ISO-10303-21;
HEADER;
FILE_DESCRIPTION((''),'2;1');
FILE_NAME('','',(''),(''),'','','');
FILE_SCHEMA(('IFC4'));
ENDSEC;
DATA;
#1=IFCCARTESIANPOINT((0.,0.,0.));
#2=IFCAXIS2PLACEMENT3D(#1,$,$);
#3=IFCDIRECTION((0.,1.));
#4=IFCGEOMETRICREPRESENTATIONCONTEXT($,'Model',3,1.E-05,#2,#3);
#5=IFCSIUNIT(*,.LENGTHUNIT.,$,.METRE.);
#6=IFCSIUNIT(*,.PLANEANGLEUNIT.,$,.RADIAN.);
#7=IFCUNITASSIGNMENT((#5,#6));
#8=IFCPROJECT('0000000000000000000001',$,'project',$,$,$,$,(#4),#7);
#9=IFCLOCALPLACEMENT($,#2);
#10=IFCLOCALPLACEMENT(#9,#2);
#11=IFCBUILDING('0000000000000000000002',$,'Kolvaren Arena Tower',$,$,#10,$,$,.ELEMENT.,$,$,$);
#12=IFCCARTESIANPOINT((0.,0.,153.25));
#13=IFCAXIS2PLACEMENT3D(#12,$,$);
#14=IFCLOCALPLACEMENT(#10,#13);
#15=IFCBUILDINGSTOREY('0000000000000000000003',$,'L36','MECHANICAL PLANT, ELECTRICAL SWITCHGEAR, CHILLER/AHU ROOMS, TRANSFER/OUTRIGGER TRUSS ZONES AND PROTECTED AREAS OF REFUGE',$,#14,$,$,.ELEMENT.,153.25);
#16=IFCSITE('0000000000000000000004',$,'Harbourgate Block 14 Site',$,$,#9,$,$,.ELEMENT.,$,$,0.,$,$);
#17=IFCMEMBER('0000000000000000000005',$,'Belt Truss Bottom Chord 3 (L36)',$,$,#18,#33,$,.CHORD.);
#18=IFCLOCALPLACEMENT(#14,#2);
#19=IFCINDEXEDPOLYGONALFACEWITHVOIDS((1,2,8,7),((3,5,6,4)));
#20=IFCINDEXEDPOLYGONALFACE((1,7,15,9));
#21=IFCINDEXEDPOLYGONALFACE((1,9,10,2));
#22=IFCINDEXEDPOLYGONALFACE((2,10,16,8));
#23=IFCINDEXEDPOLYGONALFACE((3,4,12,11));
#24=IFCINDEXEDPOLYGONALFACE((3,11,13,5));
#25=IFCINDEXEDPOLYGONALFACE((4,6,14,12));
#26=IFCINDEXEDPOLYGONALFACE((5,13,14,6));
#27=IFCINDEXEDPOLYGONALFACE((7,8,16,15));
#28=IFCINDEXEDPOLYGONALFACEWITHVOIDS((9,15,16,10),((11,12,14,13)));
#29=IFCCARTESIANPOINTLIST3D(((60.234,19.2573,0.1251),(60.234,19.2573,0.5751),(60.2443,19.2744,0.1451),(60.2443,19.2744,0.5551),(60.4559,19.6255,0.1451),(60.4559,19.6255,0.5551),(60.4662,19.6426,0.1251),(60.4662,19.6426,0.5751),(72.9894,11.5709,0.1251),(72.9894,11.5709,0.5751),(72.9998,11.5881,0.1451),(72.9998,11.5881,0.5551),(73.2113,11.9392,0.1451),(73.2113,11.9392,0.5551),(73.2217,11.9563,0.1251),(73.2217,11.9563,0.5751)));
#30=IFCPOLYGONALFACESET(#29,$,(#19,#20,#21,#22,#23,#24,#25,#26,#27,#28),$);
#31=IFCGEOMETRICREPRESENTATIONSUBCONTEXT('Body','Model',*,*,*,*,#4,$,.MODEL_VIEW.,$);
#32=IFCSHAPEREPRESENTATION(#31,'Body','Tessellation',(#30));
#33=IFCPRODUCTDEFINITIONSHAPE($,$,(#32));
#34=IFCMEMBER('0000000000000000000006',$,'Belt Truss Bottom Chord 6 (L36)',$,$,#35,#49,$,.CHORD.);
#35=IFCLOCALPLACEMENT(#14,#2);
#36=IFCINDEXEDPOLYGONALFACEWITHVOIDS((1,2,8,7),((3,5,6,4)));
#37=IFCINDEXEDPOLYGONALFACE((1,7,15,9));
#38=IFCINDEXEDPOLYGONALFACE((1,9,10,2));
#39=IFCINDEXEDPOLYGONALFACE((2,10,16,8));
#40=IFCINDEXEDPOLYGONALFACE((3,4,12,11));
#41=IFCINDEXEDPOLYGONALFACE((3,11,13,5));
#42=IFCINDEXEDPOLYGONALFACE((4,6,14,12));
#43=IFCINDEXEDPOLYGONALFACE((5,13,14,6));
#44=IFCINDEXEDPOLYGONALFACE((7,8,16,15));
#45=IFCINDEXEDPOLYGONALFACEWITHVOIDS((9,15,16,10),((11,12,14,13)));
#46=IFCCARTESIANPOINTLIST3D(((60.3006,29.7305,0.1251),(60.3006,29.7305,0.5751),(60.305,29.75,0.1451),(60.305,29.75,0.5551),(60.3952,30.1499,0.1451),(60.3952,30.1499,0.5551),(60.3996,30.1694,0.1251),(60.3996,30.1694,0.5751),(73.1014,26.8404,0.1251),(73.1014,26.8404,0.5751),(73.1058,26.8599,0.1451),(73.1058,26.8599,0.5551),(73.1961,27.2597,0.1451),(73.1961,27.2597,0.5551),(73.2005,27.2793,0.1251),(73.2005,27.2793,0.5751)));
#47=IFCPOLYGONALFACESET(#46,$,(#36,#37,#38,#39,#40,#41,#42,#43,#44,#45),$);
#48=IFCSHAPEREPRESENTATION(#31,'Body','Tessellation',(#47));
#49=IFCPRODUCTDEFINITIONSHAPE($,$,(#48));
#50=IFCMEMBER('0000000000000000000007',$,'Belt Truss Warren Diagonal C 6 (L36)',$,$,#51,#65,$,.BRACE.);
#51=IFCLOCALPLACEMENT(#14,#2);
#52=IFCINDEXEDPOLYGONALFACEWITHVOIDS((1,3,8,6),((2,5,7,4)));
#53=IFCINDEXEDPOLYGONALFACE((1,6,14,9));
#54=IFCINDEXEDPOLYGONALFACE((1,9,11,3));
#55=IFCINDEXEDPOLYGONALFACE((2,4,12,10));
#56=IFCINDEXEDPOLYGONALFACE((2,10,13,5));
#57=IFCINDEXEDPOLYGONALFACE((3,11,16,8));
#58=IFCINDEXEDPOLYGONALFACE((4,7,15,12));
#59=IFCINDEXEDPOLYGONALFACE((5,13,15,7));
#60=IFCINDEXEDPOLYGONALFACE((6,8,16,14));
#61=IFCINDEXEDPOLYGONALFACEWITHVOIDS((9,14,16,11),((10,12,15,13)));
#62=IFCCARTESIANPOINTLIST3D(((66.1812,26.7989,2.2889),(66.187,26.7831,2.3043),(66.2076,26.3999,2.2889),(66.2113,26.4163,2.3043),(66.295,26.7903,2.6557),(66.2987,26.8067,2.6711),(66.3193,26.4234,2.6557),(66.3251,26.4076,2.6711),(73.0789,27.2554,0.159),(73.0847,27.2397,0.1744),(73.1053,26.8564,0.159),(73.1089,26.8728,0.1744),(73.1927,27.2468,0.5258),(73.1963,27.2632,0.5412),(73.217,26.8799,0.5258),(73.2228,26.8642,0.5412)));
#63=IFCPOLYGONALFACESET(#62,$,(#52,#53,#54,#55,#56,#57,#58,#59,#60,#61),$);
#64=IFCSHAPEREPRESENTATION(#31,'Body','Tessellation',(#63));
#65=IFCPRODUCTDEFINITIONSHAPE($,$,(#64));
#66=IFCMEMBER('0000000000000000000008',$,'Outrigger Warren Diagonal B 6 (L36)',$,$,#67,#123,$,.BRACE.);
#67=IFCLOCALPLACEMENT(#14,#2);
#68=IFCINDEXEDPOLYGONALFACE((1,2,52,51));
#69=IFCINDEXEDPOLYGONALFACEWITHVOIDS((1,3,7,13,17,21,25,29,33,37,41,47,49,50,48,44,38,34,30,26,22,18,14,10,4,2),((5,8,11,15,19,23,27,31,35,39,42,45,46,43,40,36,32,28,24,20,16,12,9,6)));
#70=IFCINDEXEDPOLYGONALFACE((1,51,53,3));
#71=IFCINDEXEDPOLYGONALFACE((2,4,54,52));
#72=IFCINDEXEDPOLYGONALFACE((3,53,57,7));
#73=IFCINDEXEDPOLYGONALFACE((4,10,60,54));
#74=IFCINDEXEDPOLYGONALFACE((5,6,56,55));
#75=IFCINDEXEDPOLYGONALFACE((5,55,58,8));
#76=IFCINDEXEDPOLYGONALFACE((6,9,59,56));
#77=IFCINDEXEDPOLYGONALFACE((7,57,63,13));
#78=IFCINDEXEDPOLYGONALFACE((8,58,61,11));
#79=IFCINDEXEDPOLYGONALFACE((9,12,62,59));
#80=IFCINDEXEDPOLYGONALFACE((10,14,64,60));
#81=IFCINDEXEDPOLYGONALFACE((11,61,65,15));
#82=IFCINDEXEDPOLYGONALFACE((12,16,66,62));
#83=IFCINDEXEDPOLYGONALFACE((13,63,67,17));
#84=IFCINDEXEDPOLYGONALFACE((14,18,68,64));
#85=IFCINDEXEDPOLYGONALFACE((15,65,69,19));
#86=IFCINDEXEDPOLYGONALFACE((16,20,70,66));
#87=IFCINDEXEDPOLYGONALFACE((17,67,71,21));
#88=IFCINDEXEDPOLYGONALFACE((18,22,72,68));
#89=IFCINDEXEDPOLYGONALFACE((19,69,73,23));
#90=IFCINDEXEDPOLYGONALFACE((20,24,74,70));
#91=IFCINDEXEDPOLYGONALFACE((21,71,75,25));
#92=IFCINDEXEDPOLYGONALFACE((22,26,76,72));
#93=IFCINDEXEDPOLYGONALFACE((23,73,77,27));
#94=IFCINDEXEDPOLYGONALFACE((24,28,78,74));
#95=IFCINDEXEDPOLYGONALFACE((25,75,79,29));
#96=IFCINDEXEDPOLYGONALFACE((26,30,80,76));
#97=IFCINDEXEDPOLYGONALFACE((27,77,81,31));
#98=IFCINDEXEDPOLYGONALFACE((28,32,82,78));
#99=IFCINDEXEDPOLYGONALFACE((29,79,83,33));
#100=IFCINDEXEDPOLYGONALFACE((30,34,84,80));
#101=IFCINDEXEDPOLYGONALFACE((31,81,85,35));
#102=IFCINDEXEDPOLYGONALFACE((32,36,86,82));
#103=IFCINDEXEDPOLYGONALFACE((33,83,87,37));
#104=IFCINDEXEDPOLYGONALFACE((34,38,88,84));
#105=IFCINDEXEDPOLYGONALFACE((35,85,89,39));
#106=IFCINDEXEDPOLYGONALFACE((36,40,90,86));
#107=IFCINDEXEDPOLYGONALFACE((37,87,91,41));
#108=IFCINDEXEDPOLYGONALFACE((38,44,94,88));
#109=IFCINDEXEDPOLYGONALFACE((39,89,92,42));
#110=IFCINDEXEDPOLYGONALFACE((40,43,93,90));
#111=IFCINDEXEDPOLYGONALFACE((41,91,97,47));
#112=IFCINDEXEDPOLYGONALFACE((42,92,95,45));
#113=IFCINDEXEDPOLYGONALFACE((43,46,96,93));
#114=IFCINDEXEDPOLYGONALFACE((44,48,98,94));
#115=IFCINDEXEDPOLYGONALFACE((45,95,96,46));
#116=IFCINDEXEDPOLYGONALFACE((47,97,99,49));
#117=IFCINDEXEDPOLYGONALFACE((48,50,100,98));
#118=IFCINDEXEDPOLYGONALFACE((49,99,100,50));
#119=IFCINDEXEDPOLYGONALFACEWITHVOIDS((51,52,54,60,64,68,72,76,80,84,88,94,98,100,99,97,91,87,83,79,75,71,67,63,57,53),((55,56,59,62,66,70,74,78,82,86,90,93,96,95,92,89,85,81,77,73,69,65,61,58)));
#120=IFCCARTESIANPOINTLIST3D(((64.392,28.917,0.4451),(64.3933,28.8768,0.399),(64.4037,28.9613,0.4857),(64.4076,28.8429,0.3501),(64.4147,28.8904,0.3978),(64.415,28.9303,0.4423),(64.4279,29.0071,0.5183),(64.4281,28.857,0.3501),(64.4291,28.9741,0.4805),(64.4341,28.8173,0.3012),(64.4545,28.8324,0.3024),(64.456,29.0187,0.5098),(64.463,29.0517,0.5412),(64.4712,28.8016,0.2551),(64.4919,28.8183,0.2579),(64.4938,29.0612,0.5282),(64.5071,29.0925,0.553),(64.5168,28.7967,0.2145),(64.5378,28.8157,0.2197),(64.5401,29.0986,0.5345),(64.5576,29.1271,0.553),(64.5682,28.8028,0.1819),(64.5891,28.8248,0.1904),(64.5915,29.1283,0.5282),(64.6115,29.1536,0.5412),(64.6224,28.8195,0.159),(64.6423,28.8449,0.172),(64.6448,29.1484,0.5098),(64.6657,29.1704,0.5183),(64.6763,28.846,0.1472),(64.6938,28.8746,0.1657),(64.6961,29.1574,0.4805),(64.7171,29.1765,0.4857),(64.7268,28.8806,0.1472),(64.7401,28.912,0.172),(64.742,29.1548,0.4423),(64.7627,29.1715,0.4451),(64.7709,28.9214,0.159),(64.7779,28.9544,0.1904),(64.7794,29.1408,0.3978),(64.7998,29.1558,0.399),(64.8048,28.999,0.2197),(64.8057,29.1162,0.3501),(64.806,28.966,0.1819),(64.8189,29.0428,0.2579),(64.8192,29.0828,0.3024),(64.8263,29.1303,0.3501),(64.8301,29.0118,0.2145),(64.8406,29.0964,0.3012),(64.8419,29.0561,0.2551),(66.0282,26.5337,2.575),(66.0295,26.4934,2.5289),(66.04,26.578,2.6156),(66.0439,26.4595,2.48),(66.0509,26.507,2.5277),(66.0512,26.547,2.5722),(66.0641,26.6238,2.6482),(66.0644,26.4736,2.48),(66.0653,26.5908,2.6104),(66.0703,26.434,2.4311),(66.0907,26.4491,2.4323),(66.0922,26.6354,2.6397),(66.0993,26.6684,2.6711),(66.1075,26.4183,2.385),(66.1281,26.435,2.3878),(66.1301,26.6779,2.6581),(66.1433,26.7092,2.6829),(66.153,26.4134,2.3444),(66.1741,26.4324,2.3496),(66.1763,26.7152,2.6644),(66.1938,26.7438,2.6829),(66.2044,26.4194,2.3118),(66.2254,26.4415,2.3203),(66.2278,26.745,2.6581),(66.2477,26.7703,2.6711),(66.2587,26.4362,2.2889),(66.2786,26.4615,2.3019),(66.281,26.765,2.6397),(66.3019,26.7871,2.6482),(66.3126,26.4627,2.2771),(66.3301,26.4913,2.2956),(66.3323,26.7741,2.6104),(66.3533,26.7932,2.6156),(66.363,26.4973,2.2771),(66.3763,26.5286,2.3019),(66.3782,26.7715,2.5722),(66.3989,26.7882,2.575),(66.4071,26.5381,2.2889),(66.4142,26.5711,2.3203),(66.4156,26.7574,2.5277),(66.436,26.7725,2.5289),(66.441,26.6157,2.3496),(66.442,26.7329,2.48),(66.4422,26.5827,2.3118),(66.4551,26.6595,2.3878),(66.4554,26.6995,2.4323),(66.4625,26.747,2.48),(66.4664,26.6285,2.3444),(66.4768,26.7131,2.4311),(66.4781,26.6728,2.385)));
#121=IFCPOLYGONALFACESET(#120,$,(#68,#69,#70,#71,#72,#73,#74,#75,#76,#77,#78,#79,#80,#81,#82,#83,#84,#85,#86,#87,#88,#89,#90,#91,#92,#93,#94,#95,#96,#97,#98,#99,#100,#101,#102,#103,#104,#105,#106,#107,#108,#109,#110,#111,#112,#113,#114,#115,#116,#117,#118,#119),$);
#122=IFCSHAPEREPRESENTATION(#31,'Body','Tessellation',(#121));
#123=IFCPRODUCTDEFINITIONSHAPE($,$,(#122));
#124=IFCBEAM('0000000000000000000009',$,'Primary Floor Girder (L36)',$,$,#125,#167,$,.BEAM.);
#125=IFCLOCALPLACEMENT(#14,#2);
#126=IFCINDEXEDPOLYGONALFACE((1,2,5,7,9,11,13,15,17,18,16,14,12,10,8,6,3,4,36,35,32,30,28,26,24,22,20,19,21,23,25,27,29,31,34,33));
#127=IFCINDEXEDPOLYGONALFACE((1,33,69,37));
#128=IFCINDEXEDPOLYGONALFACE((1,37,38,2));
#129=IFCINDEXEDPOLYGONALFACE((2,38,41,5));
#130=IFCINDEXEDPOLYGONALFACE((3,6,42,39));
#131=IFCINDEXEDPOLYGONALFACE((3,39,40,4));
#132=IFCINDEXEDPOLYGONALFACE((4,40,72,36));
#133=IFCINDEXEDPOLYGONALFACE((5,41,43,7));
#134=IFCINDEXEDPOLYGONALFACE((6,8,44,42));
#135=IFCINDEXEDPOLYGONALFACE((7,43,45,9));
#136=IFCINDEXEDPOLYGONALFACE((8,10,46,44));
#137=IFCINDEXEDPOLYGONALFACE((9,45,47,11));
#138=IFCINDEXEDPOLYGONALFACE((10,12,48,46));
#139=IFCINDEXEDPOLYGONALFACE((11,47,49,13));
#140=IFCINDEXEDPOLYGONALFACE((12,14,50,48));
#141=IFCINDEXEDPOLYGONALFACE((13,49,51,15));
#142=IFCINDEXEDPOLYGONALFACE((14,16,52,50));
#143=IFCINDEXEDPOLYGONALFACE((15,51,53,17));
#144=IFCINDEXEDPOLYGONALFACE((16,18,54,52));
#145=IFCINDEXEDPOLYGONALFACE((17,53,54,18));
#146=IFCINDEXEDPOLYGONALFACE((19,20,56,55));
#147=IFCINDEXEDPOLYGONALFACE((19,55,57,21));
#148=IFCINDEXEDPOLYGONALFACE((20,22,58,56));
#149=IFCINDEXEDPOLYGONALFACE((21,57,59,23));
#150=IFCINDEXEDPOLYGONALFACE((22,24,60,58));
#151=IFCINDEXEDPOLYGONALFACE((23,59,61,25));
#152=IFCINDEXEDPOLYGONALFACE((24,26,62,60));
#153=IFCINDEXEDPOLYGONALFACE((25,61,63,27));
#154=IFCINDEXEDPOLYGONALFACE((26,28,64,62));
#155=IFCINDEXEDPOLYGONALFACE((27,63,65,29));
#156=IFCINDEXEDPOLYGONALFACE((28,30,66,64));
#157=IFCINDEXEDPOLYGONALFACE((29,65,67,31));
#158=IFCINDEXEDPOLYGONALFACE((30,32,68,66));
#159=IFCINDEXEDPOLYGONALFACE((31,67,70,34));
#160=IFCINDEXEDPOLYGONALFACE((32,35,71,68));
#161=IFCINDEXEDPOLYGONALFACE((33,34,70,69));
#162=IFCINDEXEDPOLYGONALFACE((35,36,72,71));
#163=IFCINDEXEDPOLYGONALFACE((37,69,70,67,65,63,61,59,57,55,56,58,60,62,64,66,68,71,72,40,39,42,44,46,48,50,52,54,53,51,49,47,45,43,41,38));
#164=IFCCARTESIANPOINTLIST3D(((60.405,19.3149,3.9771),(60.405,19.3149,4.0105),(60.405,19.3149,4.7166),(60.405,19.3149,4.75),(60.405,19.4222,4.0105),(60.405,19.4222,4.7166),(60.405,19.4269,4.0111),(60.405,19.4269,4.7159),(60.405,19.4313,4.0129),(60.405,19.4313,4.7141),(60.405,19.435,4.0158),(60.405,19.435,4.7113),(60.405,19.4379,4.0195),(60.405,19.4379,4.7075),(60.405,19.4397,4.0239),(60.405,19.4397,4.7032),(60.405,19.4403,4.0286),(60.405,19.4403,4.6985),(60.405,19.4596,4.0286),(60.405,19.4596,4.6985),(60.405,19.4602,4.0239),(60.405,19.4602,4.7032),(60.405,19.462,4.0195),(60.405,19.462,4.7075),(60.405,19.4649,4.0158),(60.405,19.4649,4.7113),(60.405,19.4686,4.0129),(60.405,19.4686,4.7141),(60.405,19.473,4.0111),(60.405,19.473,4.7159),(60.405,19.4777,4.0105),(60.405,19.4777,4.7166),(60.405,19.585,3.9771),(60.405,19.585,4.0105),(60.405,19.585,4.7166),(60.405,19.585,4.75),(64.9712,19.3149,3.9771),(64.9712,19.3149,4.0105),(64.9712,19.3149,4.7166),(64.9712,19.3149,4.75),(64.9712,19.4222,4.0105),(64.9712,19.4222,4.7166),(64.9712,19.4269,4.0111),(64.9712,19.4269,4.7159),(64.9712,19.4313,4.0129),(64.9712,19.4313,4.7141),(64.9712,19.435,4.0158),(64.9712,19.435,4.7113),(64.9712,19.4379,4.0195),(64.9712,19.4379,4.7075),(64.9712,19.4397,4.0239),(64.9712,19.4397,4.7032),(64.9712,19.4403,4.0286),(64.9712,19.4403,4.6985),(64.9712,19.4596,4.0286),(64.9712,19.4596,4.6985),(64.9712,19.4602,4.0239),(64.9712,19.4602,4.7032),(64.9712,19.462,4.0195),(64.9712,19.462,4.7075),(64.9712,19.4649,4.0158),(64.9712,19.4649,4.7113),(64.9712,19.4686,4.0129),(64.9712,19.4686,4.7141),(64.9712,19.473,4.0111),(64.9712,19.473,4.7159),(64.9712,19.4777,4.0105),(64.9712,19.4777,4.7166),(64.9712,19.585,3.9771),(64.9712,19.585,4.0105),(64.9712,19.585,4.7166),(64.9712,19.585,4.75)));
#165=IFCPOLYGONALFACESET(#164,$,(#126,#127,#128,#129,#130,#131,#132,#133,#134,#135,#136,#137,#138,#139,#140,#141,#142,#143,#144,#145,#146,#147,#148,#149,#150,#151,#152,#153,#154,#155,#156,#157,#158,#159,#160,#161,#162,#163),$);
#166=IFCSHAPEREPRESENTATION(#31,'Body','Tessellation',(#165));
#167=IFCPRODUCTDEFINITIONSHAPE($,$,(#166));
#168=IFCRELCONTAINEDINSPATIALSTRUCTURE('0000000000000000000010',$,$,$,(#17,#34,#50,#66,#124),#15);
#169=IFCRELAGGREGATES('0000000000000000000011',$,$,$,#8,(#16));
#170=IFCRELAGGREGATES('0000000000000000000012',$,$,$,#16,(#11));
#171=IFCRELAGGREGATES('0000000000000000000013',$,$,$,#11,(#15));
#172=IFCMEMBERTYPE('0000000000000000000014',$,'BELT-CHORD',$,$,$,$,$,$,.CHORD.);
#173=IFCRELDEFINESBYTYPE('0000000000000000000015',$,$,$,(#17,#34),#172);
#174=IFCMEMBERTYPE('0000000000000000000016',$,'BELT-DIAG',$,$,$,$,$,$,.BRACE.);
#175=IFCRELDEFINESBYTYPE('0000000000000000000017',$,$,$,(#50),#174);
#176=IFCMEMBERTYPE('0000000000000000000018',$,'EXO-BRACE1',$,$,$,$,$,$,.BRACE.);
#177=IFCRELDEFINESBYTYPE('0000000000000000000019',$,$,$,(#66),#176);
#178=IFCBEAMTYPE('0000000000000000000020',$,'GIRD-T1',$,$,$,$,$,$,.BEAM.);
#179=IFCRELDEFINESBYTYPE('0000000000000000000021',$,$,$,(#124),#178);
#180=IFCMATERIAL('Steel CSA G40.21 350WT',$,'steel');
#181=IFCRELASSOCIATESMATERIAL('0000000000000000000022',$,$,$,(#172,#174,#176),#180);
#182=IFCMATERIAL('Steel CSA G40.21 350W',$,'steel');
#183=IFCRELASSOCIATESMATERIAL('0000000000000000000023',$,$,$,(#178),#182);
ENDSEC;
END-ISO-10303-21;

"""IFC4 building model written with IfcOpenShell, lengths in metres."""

from ifc_helpers import new_model, si_unit, direction, frame, origin, origin_2d, place, context, subcontext, project, spatial, hollow_rectangle, hollow_circle, i_section, extrude, material, material_profile, profile_set, type_object, element, save


model = new_model("IFC4")

# Units and contexts
model_context = context("Model", 3, precision=1e-05, world=origin(), true_north=direction((0.0, 1.0)))
body_context = subcontext(model_context, "Body", "Model", "MODEL_VIEW")
ifc_project = project(units=[si_unit("LENGTHUNIT", "METRE"), si_unit("PLANEANGLEUNIT", "RADIAN")], contexts=[model_context])

# Site, building, storey
site_placement = place(None, origin())
site = spatial("IfcSite", under=ifc_project, at=site_placement, Name="Harbourgate Block 14 Site", CompositionType="ELEMENT", RefElevation=0.0)
building_placement = place(site_placement, origin())
building = spatial("IfcBuilding", under=site, at=building_placement, Name="Kolvaren Arena Tower", CompositionType="ELEMENT")
storey_placement = place(building_placement, frame((0.0, 0.0, 153.25)))
storey = spatial("IfcBuildingStorey", under=building, at=storey_placement, Name="L36", Description="MECHANICAL PLANT, ELECTRICAL SWITCHGEAR, CHILLER/AHU ROOMS, TRANSFER/OUTRIGGER TRUSS ZONES AND PROTECTED AREAS OF REFUGE", CompositionType="ELEMENT", Elevation=153.25)

# Shared definitions
ifc_material_1 = material(Name="Steel CSA G40.21 350W", Category="steel")

# Members
ifc_material_2 = material(Name="Steel CSA G40.21 350WT", Category="steel")
ifc_material_profile_1 = material_profile(ifc_material_2, hollow_rectangle(XDim=0.45, YDim=0.45, WallThickness=0.02, at=origin_2d()), Name="HSS 450x450x20")
ifc_profile_set_1 = profile_set([ifc_material_profile_1], Name="Steel CSA G40.21 350WT")
member_type_1 = type_object("IfcMemberType", Name="BELT-CHORD", PredefinedType="CHORD", material=ifc_profile_set_1)
member_1_placement = place(storey_placement, frame((60.3501, 19.45, 0.3501), z_axis=(0.856512, -0.516127, 0.0), x_axis=(0.516127, 0.856512, 0.0)))
element("IfcMember", 1, at=member_1_placement, inside=storey, type_object=member_type_1, Name="Belt Truss Bottom Chord 3 (L36)", PredefinedType="CHORD", context=body_context, shape_type="SweptSolid", body=[
    extrude(hollow_rectangle(XDim=0.45, YDim=0.45, WallThickness=0.02, at=origin_2d()), origin(), (0.0, 0.0, 1.0), 14.8923),
])
member_2_placement = place(storey_placement, frame((60.3501, 29.95, 0.3501), z_axis=(0.975447, -0.220235, 0.0), x_axis=(0.220235, 0.975447, 0.0)))
element("IfcMember", 2, at=member_2_placement, inside=storey, type_object=member_type_1, Name="Belt Truss Bottom Chord 6 (L36)", PredefinedType="CHORD", context=body_context, shape_type="SweptSolid", body=[
    extrude(hollow_rectangle(XDim=0.45, YDim=0.45, WallThickness=0.02, at=origin_2d()), origin(), (0.0, 0.0, 1.0), 13.123),
])
ifc_material_profile_2 = material_profile(ifc_material_2, hollow_rectangle(XDim=0.3999, YDim=0.3999, WallThickness=0.0161, at=origin_2d()), Name="HSS 400x400x16")
ifc_profile_set_2 = profile_set([ifc_material_profile_2], Name="Steel CSA G40.21 350WT")
member_type_2 = type_object("IfcMemberType", Name="BELT-DIAG", PredefinedType="BRACE", material=ifc_profile_set_2)
member_3_placement = place(storey_placement, frame((66.2532, 26.6033, 2.48), z_axis=(0.953581, 0.063115, -0.294448), x_axis=(-0.066043, 0.997817, 0.0)))
element("IfcMember", 3, at=member_3_placement, inside=storey, type_object=member_type_2, Name="Belt Truss Warren Diagonal C 6 (L36)", PredefinedType="BRACE", context=body_context, shape_type="SweptSolid", body=[
    extrude(hollow_rectangle(XDim=0.3999, YDim=0.3999, WallThickness=0.0161, at=origin_2d()), origin(), (0.0, 0.0, 1.0), 7.2334),
])
ifc_material_profile_3 = material_profile(ifc_material_2, hollow_circle(Radius=0.2539, WallThickness=0.0249, at=origin_2d()), Name="CHS 508x25")
ifc_profile_set_3 = profile_set([ifc_material_profile_3], Name="Steel CSA G40.21 350WT")
member_type_3 = type_object("IfcMemberType", Name="EXO-BRACE1", PredefinedType="BRACE", material=ifc_profile_set_3)
member_4_placement = place(storey_placement, frame((64.6169, 28.9866, 0.3501), z_axis=(0.455674, -0.663726, 0.593152), x_axis=(0.824411, 0.565991, 0.0)))
element("IfcMember", 4, at=member_4_placement, inside=storey, type_object=member_type_3, Name="Outrigger Warren Diagonal B 6 (L36)", PredefinedType="BRACE", context=body_context, shape_type="SweptSolid", body=[
    extrude(hollow_circle(Radius=0.2539, WallThickness=0.0249, at=origin_2d()), origin(), (0.0, 0.0, 1.0), 3.5908),
])

# Beam
ifc_material_profile_4 = material_profile(ifc_material_1, i_section(OverallWidth=0.27, OverallDepth=0.7729, WebThickness=0.0193, FlangeThickness=0.0334, FilletRadius=0.0181, at=origin_2d()), Name="W760x257")
ifc_profile_set_4 = profile_set([ifc_material_profile_4], Name="Steel CSA G40.21 350W")
beam_type_1 = type_object("IfcBeamType", Name="GIRD-T1", PredefinedType="BEAM", material=ifc_profile_set_4)
beam_1_placement = place(storey_placement, frame((60.405, 19.45, 4.3635), z_axis=(1.0, 0.0, 0.0), x_axis=(0.0, 1.0, 0.0)))
element("IfcBeam", 5, at=beam_1_placement, inside=storey, type_object=beam_type_1, Name="Primary Floor Girder (L36)", PredefinedType="BEAM", context=body_context, shape_type="SweptSolid", body=[
    extrude(i_section(OverallWidth=0.27, OverallDepth=0.7729, WebThickness=0.0193, FlangeThickness=0.0334, FilletRadius=0.0181, at=origin_2d()), origin(), (0.0, 0.0, 1.0), 4.5662),
])

save(model, "model.ifc")
